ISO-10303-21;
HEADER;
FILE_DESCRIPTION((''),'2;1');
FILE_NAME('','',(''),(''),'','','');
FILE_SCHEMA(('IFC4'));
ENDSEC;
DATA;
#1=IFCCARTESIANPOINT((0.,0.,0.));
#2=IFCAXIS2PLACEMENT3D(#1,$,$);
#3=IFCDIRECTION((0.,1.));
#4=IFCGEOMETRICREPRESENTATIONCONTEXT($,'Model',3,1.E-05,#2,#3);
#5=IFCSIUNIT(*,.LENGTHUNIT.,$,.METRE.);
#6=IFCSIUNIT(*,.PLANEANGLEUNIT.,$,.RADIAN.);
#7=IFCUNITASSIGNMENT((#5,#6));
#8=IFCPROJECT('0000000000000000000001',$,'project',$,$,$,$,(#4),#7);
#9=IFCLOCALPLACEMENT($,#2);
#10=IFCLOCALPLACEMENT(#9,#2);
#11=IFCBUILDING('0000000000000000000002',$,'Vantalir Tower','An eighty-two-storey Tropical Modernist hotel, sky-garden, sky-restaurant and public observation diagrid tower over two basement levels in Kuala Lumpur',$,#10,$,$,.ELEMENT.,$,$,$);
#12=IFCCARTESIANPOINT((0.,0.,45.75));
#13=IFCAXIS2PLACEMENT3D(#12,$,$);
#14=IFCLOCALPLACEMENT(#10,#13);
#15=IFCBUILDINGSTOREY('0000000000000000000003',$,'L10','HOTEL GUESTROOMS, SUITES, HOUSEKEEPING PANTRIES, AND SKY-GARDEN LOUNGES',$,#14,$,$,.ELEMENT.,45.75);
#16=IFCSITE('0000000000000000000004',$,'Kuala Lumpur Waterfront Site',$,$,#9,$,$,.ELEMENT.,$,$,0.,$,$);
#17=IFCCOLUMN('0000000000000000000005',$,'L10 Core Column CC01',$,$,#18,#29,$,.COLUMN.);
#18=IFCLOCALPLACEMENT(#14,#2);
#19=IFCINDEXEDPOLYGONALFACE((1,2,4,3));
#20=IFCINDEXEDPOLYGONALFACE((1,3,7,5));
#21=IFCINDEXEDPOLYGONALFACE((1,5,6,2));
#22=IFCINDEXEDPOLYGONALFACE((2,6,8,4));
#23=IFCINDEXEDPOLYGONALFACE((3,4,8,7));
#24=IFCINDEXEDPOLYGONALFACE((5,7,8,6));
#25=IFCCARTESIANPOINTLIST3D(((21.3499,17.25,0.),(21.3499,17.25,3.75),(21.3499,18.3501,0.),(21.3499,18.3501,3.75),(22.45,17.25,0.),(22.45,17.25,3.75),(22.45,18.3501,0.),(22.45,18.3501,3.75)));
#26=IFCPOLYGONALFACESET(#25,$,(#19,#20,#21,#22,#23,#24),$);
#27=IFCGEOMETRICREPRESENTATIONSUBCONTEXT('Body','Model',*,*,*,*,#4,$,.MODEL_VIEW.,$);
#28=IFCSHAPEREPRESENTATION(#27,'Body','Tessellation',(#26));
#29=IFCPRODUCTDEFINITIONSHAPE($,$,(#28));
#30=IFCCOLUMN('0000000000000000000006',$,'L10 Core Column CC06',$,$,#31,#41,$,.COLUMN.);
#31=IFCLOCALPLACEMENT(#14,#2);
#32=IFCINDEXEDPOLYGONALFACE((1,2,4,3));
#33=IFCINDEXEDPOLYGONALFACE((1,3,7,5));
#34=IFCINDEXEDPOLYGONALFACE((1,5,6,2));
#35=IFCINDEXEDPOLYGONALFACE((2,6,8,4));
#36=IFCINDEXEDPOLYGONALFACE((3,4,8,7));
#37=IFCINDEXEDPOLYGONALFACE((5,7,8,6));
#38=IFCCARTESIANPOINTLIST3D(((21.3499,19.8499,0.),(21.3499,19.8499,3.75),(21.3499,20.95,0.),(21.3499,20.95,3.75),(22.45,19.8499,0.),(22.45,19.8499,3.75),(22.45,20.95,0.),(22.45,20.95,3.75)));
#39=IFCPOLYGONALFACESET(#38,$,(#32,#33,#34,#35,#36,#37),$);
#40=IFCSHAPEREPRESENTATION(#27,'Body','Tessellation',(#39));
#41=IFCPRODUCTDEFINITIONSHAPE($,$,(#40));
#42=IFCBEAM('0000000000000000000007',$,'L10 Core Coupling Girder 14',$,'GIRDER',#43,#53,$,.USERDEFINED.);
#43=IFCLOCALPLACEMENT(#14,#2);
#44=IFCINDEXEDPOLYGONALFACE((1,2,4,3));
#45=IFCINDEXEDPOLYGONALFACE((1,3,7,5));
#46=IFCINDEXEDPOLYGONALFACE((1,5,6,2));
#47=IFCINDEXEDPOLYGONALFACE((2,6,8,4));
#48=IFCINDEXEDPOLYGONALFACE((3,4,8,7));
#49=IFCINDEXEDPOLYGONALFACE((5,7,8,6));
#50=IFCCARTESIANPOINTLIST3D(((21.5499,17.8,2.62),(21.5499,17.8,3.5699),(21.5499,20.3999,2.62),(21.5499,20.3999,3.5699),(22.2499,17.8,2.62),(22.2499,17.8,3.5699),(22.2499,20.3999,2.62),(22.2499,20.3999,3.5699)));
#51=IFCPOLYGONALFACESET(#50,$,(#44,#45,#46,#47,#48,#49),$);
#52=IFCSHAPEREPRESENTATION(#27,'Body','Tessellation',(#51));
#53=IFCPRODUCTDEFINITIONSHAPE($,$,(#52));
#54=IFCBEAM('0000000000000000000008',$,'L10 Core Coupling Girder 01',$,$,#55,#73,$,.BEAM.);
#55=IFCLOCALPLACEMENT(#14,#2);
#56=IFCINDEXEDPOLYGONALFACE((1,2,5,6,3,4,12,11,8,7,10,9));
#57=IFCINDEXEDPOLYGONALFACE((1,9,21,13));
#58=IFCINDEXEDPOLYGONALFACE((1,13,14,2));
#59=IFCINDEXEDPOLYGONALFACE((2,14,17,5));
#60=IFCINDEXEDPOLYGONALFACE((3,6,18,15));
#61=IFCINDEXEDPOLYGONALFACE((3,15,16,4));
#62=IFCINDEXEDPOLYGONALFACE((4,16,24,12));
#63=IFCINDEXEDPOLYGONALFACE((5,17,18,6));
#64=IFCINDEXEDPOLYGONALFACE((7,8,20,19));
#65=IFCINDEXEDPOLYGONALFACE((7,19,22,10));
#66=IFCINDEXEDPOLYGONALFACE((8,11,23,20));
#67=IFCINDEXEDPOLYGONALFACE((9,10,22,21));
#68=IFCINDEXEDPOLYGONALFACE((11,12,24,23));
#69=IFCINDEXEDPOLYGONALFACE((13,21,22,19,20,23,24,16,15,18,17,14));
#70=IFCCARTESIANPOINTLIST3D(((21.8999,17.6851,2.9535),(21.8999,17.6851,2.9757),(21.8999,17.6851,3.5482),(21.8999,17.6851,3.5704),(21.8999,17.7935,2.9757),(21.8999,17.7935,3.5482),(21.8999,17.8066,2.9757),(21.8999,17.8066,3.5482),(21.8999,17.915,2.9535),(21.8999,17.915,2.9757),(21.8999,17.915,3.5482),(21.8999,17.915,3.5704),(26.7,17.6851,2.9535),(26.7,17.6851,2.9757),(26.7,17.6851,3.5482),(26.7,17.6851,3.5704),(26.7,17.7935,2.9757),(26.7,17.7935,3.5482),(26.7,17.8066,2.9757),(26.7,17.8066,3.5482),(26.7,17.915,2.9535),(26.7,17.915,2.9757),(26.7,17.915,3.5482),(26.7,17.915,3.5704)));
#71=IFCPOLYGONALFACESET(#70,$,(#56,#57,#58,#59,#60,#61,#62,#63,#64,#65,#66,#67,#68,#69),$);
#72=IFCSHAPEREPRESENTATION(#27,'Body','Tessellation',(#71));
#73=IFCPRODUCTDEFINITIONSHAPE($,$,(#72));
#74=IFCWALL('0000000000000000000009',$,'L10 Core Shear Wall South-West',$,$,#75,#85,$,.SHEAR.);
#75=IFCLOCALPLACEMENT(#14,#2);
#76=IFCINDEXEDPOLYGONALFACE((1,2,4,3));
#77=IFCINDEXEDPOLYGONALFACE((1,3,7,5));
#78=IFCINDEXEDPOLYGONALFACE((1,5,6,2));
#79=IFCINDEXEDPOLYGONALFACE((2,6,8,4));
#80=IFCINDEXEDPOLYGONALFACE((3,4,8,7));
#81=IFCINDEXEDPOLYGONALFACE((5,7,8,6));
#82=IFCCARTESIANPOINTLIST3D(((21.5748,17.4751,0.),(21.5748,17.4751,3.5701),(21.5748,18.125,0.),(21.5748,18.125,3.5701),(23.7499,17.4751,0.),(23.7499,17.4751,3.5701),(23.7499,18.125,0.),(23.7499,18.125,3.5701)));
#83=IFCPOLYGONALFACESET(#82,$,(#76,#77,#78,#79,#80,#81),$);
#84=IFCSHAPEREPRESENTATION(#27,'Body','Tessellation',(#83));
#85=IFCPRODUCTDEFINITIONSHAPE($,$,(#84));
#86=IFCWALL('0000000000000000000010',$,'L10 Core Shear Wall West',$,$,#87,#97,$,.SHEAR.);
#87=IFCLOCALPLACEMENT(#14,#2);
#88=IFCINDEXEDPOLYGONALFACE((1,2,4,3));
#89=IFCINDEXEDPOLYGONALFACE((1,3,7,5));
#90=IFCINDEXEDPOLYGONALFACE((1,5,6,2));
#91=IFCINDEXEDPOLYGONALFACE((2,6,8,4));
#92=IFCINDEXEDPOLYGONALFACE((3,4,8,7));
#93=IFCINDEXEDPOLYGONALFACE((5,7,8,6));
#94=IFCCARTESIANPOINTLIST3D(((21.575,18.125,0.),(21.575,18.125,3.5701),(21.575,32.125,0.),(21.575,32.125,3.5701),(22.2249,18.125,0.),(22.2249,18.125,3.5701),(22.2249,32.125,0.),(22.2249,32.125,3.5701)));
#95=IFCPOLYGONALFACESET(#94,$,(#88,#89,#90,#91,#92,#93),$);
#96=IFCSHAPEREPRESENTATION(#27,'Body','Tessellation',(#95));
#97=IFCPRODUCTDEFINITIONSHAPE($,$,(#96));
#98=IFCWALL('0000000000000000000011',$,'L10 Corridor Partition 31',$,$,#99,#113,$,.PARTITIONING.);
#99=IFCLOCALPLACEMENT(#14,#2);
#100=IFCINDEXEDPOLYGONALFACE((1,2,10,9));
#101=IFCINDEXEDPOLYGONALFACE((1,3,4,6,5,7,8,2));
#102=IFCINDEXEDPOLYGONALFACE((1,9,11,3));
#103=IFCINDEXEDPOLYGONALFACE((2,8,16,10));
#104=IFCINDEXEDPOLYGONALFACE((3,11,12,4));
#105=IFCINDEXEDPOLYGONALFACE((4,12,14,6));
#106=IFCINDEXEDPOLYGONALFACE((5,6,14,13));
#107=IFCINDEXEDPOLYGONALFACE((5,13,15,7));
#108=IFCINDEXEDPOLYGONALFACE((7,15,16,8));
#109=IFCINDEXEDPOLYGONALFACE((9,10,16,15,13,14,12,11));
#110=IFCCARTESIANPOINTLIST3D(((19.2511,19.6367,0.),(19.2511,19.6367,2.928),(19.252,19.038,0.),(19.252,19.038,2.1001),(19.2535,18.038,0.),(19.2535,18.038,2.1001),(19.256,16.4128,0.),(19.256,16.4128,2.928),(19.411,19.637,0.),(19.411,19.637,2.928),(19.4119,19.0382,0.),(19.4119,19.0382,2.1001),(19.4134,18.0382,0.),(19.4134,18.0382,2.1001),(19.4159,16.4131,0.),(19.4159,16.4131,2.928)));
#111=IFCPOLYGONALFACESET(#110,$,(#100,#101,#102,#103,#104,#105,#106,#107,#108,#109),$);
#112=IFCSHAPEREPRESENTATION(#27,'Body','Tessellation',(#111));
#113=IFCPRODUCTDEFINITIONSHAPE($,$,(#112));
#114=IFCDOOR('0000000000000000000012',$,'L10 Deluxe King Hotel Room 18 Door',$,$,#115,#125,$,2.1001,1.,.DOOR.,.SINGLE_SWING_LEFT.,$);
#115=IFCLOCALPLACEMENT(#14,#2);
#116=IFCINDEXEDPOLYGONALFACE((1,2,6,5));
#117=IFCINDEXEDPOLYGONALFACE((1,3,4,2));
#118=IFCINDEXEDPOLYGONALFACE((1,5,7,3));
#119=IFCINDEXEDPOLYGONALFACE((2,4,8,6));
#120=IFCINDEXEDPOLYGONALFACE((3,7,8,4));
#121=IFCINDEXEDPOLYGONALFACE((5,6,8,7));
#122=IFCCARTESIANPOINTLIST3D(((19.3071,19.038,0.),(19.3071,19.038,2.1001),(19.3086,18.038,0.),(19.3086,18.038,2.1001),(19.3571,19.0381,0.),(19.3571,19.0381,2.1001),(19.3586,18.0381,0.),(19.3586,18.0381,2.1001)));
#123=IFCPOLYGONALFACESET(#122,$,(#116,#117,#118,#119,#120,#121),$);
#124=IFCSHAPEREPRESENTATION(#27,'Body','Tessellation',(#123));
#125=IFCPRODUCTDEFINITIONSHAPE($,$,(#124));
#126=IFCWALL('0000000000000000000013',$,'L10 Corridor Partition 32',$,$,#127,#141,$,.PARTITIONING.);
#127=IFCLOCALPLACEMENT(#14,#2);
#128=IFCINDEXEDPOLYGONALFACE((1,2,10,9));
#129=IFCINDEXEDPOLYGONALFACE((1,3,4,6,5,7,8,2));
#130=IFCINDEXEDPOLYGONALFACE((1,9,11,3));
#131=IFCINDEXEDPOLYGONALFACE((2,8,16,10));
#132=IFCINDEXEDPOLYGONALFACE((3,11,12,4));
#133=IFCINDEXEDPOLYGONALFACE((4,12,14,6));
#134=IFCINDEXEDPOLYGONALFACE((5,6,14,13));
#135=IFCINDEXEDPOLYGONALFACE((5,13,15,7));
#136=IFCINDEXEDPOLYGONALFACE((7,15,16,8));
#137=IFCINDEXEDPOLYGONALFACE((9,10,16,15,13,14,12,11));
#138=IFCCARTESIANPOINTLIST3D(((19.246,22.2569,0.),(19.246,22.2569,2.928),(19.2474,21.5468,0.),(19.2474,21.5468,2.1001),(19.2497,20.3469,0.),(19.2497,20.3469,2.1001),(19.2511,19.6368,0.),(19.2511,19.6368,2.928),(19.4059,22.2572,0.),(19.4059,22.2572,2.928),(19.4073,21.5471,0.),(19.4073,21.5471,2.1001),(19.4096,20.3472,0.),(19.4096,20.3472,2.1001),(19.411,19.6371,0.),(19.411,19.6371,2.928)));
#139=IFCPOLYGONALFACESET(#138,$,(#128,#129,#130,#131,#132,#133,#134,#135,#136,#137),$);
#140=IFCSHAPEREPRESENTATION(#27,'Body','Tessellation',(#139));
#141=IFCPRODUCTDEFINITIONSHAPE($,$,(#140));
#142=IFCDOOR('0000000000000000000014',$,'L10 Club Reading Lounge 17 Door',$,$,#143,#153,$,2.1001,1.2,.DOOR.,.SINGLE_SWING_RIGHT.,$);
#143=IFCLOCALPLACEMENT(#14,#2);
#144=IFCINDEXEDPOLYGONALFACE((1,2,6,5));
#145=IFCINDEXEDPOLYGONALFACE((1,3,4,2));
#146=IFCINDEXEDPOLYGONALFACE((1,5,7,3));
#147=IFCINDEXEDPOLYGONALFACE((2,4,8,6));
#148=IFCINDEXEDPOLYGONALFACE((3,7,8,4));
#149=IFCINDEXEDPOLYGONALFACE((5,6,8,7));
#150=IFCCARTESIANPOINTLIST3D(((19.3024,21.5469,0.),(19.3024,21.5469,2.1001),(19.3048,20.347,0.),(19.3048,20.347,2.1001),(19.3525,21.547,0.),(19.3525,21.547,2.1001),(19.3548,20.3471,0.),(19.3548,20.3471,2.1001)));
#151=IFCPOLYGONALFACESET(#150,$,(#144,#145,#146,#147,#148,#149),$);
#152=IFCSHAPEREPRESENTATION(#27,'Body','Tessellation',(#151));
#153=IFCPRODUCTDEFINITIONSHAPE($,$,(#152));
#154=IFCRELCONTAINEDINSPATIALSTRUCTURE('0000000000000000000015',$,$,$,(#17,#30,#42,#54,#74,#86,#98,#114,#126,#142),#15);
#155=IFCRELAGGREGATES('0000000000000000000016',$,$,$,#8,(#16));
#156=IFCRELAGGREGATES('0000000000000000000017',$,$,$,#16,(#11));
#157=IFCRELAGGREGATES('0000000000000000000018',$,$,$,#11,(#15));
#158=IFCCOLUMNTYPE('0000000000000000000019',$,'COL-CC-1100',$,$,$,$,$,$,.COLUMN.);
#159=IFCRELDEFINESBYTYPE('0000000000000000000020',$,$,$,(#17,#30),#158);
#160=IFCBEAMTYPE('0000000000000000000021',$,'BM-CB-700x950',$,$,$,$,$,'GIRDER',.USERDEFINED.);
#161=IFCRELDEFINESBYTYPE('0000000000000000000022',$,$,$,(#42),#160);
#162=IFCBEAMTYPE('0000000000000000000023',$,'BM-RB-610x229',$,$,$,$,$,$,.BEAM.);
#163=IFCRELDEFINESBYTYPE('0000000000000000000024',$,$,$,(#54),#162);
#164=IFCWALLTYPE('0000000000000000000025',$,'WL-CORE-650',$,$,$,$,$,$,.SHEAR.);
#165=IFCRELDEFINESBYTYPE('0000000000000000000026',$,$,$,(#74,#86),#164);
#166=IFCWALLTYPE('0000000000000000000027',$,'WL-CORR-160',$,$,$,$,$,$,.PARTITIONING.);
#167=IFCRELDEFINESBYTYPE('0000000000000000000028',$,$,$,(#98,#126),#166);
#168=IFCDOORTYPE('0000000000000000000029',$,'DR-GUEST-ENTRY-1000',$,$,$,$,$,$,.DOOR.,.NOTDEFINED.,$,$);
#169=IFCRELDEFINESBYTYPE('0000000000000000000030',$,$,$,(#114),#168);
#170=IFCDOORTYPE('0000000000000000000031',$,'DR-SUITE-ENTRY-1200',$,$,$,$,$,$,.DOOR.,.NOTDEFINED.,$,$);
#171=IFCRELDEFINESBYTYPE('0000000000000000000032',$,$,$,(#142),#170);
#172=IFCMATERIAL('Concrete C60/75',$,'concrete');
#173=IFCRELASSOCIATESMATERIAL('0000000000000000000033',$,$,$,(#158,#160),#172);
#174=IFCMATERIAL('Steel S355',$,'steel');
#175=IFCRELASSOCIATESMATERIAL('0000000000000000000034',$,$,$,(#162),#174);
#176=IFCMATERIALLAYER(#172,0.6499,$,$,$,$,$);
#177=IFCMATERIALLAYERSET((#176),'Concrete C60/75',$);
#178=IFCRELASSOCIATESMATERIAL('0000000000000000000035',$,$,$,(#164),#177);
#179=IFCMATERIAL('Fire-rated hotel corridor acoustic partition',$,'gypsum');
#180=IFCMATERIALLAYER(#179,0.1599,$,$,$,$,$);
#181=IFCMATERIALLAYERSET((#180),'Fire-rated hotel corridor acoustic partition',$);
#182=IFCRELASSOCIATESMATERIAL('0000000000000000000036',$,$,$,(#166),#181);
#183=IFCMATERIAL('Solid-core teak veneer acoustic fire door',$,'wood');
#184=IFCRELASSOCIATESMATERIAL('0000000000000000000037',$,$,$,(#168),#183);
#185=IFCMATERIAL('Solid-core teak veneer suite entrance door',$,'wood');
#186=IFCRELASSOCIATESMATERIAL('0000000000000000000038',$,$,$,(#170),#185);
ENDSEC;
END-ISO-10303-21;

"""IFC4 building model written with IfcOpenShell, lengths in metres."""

from ifc_helpers import new_model, si_unit, direction, frame, frame_2d, origin, origin_2d, place, context, subcontext, project, spatial, rectangle, i_section, extrude, material, layer, layer_set, material_profile, profile_set, type_object, element, fill, save


model = new_model("IFC4")

# Units and contexts
model_context = context("Model", 3, precision=1e-05, world=origin(), true_north=direction((0.0, 1.0)))
body_context = subcontext(model_context, "Body", "Model", "MODEL_VIEW")
ifc_project = project(units=[si_unit("LENGTHUNIT", "METRE"), si_unit("PLANEANGLEUNIT", "RADIAN")], contexts=[model_context])

# Site, building, storey
site_placement = place(None, origin())
site = spatial("IfcSite", under=ifc_project, at=site_placement, Name="Kuala Lumpur Waterfront Site", CompositionType="ELEMENT", RefElevation=0.0)
building_placement = place(site_placement, origin())
building = spatial("IfcBuilding", under=site, at=building_placement, Name="Vantalir Tower", Description="An eighty-two-storey Tropical Modernist hotel, sky-garden, sky-restaurant and public observation diagrid tower over two basement levels in Kuala Lumpur", CompositionType="ELEMENT")
storey_placement = place(building_placement, frame((0.0, 0.0, 45.75)))
storey = spatial("IfcBuildingStorey", under=building, at=storey_placement, Name="L10", Description="HOTEL GUESTROOMS, SUITES, HOUSEKEEPING PANTRIES, AND SKY-GARDEN LOUNGES", CompositionType="ELEMENT", Elevation=45.75)

# Columns
ifc_material_1 = material(Name="Concrete C60/75", Category="concrete")
ifc_material_profile_1 = material_profile(ifc_material_1, rectangle(XDim=1.1001, YDim=1.1001, at=origin_2d()), Name="Concrete C60/75")
ifc_profile_set_1 = profile_set([ifc_material_profile_1], Name="Concrete C60/75")
column_type = type_object("IfcColumnType", Name="COL-CC-1100", PredefinedType="COLUMN", material=ifc_profile_set_1)
for number, where, z_axis, x_axis, name in (
    (1, (21.8999, 17.8, 0.0), (0.0, 0.0, 1.0), (1.0, 0.0, 0.0), "L10 Core Column CC01"),
    (2, (21.8999, 20.3999, 0.0), (0.0, 0.0, 1.0), (1.0, 0.0, 0.0), "L10 Core Column CC06"),
):
    element("IfcColumn", number, at=place(storey_placement, frame(where, z_axis=z_axis, x_axis=x_axis)), inside=storey, type_object=column_type, Name=name, PredefinedType="COLUMN", context=body_context, shape_type="SweptSolid", body=[
        extrude(rectangle(XDim=1.1001, YDim=1.1001, at=origin_2d()), origin(), (0.0, 0.0, 1.0), 3.75),
    ])

# Beams
ifc_material_profile_2 = material_profile(ifc_material_1, rectangle(XDim=0.7, YDim=0.95, at=origin_2d()), Name="Concrete C60/75")
ifc_profile_set_2 = profile_set([ifc_material_profile_2], Name="Concrete C60/75")
beam_type_1 = type_object("IfcBeamType", Name="BM-CB-700x950", ElementType="GIRDER", PredefinedType="USERDEFINED", material=ifc_profile_set_2)
beam_1_placement = place(storey_placement, frame((21.8999, 20.3999, 3.095), z_axis=(0.0, -1.0, 0.0), x_axis=(1.0, 0.0, 0.0)))
element("IfcBeam", 3, at=beam_1_placement, inside=storey, type_object=beam_type_1, Name="L10 Core Coupling Girder 14", ObjectType="GIRDER", PredefinedType="USERDEFINED", context=body_context, shape_type="SweptSolid", body=[
    extrude(rectangle(XDim=0.7, YDim=0.95, at=origin_2d()), origin(), (0.0, 0.0, 1.0), 2.5999),
])
ifc_material_2 = material(Name="Steel S355", Category="steel")
ifc_material_profile_3 = material_profile(ifc_material_2, i_section(OverallWidth=0.23, OverallDepth=0.6169, WebThickness=0.0132, FlangeThickness=0.0222, at=origin_2d()), Name="Steel S355")
ifc_profile_set_3 = profile_set([ifc_material_profile_3], Name="Steel S355")
beam_type_2 = type_object("IfcBeamType", Name="BM-RB-610x229", PredefinedType="BEAM", material=ifc_profile_set_3)
beam_2_placement = place(storey_placement, frame((21.8999, 17.8, 3.262), z_axis=(1.0, 0.0, 0.0), x_axis=(0.0, 1.0, 0.0)))
element("IfcBeam", 4, at=beam_2_placement, inside=storey, type_object=beam_type_2, Name="L10 Core Coupling Girder 01", PredefinedType="BEAM", context=body_context, shape_type="SweptSolid", body=[
    extrude(i_section(OverallWidth=0.23, OverallDepth=0.6169, WebThickness=0.0132, FlangeThickness=0.0222, at=origin_2d()), origin(), (0.0, 0.0, 1.0), 4.8),
])

# Walls
ifc_layer_1 = layer(ifc_material_1, 0.6499)
ifc_layer_set_1 = layer_set([ifc_layer_1], Name="Concrete C60/75")
wall_type_1 = type_object("IfcWallType", Name="WL-CORE-650", PredefinedType="SHEAR", material=ifc_layer_set_1)
wall_1_placement = place(storey_placement, frame((21.575, 17.8, 0.0), z_axis=(0.0, 0.0, 1.0), x_axis=(1.0, 0.0, 0.0)))
element("IfcWall", 5, at=wall_1_placement, inside=storey, type_object=wall_type_1, Name="L10 Core Shear Wall South-West", PredefinedType="SHEAR", context=body_context, shape_type="SweptSolid", body=[
    extrude(rectangle(XDim=2.175, YDim=0.6499, at=frame_2d((1.0874, 0.0))), origin(), (0.0, 0.0, 1.0), 3.5701),
])
wall_2_placement = place(storey_placement, frame((21.8999, 18.125, 0.0), z_axis=(0.0, 0.0, 1.0), x_axis=(0.0, 1.0, 0.0)))
element("IfcWall", 6, at=wall_2_placement, inside=storey, type_object=wall_type_1, Name="L10 Core Shear Wall West", PredefinedType="SHEAR", context=body_context, shape_type="SweptSolid", body=[
    extrude(rectangle(XDim=14.0, YDim=0.6499, at=frame_2d((7.0, 0.0))), origin(), (0.0, 0.0, 1.0), 3.5701),
])

# Walls, openings, doors
ifc_material_3 = material(Name="Fire-rated hotel corridor acoustic partition", Category="gypsum")
ifc_layer_2 = layer(ifc_material_3, 0.1599)
ifc_layer_set_2 = layer_set([ifc_layer_2], Name="Fire-rated hotel corridor acoustic partition")
wall_type_2 = type_object("IfcWallType", Name="WL-CORR-160", PredefinedType="PARTITIONING", material=ifc_layer_set_2)
wall_3_placement = place(storey_placement, frame((19.3359, 16.4131, 0.0), z_axis=(0.0, 0.0, 1.0), x_axis=(-0.001515, 0.999999, 0.0)))
wall_3 = element("IfcWall", 7, at=wall_3_placement, inside=storey, type_object=wall_type_2, Name="L10 Corridor Partition 31", PredefinedType="PARTITIONING", context=body_context, shape_type="SweptSolid", body=[
    extrude(rectangle(XDim=3.2239, YDim=0.1599, at=frame_2d((1.6118, 0.0))), origin(), (0.0, 0.0, 1.0), 2.928),
])
opening_1_placement = place(wall_3_placement, frame((1.625, 0.0, 0.0)))
opening_1 = element("IfcOpeningElement", 8, at=opening_1_placement, cuts=wall_3, PredefinedType="OPENING", context=body_context, shape_type="SweptSolid", body=[
    extrude(rectangle(XDim=1.0, YDim=2.1001, at=frame_2d((0.5, 1.05))), frame((0.0, 0.0898, 0.0), z_axis=(0.0, -1.0, 0.0), x_axis=(1.0, 0.0, 0.0)), (0.0, 0.0, 1.0), 0.1799),
])
ifc_material_4 = material(Name="Solid-core teak veneer acoustic fire door", Category="wood")
door_type_1 = type_object("IfcDoorType", Name="DR-GUEST-ENTRY-1000", OperationType="NOTDEFINED", PredefinedType="DOOR", material=ifc_material_4)
door_1_placement = place(opening_1_placement, origin())
door_1 = element("IfcDoor", 9, at=door_1_placement, inside=storey, type_object=door_type_1, Name="L10 Deluxe King Hotel Room 18 Door", OperationType="SINGLE_SWING_LEFT", OverallHeight=2.1001, OverallWidth=1.0, PredefinedType="DOOR", context=body_context, shape_type="SweptSolid", body=[
    extrude(rectangle(XDim=1.0, YDim=2.1001, at=frame_2d((0.5, 1.05))), frame((0.0, 0.0249, 0.0), z_axis=(0.0, -1.0, 0.0), x_axis=(1.0, 0.0, 0.0)), (0.0, 0.0, 1.0), 0.05),
])
fill(opening_1, door_1)
wall_4_placement = place(storey_placement, frame((19.3311, 19.637, 0.0), z_axis=(0.0, 0.0, 1.0), x_axis=(-0.001957, 0.999998, 0.0)))
wall_4 = element("IfcWall", 10, at=wall_4_placement, inside=storey, type_object=wall_type_2, Name="L10 Corridor Partition 32", PredefinedType="PARTITIONING", context=body_context, shape_type="SweptSolid", body=[
    extrude(rectangle(XDim=2.6201, YDim=0.1599, at=frame_2d((1.3101, 0.0))), origin(), (0.0, 0.0, 1.0), 2.928),
])
opening_2_placement = place(wall_4_placement, frame((0.71, 0.0, 0.0)))
opening_2 = element("IfcOpeningElement", 11, at=opening_2_placement, cuts=wall_4, PredefinedType="OPENING", context=body_context, shape_type="SweptSolid", body=[
    extrude(rectangle(XDim=1.2, YDim=2.1001, at=frame_2d((0.6001, 1.05))), frame((0.0, 0.0898, 0.0), z_axis=(0.0, -1.0, 0.0), x_axis=(1.0, 0.0, 0.0)), (0.0, 0.0, 1.0), 0.1799),
])
ifc_material_5 = material(Name="Solid-core teak veneer suite entrance door", Category="wood")
door_type_2 = type_object("IfcDoorType", Name="DR-SUITE-ENTRY-1200", OperationType="NOTDEFINED", PredefinedType="DOOR", material=ifc_material_5)
door_2_placement = place(opening_2_placement, origin())
door_2 = element("IfcDoor", 12, at=door_2_placement, inside=storey, type_object=door_type_2, Name="L10 Club Reading Lounge 17 Door", OperationType="SINGLE_SWING_RIGHT", OverallHeight=2.1001, OverallWidth=1.2, PredefinedType="DOOR", context=body_context, shape_type="SweptSolid", body=[
    extrude(rectangle(XDim=1.2, YDim=2.1001, at=frame_2d((0.6001, 1.05))), frame((0.0, 0.0249, 0.0), z_axis=(0.0, -1.0, 0.0), x_axis=(1.0, 0.0, 0.0)), (0.0, 0.0, 1.0), 0.05),
])
fill(opening_2, door_2)

save(model, "model.ifc")
